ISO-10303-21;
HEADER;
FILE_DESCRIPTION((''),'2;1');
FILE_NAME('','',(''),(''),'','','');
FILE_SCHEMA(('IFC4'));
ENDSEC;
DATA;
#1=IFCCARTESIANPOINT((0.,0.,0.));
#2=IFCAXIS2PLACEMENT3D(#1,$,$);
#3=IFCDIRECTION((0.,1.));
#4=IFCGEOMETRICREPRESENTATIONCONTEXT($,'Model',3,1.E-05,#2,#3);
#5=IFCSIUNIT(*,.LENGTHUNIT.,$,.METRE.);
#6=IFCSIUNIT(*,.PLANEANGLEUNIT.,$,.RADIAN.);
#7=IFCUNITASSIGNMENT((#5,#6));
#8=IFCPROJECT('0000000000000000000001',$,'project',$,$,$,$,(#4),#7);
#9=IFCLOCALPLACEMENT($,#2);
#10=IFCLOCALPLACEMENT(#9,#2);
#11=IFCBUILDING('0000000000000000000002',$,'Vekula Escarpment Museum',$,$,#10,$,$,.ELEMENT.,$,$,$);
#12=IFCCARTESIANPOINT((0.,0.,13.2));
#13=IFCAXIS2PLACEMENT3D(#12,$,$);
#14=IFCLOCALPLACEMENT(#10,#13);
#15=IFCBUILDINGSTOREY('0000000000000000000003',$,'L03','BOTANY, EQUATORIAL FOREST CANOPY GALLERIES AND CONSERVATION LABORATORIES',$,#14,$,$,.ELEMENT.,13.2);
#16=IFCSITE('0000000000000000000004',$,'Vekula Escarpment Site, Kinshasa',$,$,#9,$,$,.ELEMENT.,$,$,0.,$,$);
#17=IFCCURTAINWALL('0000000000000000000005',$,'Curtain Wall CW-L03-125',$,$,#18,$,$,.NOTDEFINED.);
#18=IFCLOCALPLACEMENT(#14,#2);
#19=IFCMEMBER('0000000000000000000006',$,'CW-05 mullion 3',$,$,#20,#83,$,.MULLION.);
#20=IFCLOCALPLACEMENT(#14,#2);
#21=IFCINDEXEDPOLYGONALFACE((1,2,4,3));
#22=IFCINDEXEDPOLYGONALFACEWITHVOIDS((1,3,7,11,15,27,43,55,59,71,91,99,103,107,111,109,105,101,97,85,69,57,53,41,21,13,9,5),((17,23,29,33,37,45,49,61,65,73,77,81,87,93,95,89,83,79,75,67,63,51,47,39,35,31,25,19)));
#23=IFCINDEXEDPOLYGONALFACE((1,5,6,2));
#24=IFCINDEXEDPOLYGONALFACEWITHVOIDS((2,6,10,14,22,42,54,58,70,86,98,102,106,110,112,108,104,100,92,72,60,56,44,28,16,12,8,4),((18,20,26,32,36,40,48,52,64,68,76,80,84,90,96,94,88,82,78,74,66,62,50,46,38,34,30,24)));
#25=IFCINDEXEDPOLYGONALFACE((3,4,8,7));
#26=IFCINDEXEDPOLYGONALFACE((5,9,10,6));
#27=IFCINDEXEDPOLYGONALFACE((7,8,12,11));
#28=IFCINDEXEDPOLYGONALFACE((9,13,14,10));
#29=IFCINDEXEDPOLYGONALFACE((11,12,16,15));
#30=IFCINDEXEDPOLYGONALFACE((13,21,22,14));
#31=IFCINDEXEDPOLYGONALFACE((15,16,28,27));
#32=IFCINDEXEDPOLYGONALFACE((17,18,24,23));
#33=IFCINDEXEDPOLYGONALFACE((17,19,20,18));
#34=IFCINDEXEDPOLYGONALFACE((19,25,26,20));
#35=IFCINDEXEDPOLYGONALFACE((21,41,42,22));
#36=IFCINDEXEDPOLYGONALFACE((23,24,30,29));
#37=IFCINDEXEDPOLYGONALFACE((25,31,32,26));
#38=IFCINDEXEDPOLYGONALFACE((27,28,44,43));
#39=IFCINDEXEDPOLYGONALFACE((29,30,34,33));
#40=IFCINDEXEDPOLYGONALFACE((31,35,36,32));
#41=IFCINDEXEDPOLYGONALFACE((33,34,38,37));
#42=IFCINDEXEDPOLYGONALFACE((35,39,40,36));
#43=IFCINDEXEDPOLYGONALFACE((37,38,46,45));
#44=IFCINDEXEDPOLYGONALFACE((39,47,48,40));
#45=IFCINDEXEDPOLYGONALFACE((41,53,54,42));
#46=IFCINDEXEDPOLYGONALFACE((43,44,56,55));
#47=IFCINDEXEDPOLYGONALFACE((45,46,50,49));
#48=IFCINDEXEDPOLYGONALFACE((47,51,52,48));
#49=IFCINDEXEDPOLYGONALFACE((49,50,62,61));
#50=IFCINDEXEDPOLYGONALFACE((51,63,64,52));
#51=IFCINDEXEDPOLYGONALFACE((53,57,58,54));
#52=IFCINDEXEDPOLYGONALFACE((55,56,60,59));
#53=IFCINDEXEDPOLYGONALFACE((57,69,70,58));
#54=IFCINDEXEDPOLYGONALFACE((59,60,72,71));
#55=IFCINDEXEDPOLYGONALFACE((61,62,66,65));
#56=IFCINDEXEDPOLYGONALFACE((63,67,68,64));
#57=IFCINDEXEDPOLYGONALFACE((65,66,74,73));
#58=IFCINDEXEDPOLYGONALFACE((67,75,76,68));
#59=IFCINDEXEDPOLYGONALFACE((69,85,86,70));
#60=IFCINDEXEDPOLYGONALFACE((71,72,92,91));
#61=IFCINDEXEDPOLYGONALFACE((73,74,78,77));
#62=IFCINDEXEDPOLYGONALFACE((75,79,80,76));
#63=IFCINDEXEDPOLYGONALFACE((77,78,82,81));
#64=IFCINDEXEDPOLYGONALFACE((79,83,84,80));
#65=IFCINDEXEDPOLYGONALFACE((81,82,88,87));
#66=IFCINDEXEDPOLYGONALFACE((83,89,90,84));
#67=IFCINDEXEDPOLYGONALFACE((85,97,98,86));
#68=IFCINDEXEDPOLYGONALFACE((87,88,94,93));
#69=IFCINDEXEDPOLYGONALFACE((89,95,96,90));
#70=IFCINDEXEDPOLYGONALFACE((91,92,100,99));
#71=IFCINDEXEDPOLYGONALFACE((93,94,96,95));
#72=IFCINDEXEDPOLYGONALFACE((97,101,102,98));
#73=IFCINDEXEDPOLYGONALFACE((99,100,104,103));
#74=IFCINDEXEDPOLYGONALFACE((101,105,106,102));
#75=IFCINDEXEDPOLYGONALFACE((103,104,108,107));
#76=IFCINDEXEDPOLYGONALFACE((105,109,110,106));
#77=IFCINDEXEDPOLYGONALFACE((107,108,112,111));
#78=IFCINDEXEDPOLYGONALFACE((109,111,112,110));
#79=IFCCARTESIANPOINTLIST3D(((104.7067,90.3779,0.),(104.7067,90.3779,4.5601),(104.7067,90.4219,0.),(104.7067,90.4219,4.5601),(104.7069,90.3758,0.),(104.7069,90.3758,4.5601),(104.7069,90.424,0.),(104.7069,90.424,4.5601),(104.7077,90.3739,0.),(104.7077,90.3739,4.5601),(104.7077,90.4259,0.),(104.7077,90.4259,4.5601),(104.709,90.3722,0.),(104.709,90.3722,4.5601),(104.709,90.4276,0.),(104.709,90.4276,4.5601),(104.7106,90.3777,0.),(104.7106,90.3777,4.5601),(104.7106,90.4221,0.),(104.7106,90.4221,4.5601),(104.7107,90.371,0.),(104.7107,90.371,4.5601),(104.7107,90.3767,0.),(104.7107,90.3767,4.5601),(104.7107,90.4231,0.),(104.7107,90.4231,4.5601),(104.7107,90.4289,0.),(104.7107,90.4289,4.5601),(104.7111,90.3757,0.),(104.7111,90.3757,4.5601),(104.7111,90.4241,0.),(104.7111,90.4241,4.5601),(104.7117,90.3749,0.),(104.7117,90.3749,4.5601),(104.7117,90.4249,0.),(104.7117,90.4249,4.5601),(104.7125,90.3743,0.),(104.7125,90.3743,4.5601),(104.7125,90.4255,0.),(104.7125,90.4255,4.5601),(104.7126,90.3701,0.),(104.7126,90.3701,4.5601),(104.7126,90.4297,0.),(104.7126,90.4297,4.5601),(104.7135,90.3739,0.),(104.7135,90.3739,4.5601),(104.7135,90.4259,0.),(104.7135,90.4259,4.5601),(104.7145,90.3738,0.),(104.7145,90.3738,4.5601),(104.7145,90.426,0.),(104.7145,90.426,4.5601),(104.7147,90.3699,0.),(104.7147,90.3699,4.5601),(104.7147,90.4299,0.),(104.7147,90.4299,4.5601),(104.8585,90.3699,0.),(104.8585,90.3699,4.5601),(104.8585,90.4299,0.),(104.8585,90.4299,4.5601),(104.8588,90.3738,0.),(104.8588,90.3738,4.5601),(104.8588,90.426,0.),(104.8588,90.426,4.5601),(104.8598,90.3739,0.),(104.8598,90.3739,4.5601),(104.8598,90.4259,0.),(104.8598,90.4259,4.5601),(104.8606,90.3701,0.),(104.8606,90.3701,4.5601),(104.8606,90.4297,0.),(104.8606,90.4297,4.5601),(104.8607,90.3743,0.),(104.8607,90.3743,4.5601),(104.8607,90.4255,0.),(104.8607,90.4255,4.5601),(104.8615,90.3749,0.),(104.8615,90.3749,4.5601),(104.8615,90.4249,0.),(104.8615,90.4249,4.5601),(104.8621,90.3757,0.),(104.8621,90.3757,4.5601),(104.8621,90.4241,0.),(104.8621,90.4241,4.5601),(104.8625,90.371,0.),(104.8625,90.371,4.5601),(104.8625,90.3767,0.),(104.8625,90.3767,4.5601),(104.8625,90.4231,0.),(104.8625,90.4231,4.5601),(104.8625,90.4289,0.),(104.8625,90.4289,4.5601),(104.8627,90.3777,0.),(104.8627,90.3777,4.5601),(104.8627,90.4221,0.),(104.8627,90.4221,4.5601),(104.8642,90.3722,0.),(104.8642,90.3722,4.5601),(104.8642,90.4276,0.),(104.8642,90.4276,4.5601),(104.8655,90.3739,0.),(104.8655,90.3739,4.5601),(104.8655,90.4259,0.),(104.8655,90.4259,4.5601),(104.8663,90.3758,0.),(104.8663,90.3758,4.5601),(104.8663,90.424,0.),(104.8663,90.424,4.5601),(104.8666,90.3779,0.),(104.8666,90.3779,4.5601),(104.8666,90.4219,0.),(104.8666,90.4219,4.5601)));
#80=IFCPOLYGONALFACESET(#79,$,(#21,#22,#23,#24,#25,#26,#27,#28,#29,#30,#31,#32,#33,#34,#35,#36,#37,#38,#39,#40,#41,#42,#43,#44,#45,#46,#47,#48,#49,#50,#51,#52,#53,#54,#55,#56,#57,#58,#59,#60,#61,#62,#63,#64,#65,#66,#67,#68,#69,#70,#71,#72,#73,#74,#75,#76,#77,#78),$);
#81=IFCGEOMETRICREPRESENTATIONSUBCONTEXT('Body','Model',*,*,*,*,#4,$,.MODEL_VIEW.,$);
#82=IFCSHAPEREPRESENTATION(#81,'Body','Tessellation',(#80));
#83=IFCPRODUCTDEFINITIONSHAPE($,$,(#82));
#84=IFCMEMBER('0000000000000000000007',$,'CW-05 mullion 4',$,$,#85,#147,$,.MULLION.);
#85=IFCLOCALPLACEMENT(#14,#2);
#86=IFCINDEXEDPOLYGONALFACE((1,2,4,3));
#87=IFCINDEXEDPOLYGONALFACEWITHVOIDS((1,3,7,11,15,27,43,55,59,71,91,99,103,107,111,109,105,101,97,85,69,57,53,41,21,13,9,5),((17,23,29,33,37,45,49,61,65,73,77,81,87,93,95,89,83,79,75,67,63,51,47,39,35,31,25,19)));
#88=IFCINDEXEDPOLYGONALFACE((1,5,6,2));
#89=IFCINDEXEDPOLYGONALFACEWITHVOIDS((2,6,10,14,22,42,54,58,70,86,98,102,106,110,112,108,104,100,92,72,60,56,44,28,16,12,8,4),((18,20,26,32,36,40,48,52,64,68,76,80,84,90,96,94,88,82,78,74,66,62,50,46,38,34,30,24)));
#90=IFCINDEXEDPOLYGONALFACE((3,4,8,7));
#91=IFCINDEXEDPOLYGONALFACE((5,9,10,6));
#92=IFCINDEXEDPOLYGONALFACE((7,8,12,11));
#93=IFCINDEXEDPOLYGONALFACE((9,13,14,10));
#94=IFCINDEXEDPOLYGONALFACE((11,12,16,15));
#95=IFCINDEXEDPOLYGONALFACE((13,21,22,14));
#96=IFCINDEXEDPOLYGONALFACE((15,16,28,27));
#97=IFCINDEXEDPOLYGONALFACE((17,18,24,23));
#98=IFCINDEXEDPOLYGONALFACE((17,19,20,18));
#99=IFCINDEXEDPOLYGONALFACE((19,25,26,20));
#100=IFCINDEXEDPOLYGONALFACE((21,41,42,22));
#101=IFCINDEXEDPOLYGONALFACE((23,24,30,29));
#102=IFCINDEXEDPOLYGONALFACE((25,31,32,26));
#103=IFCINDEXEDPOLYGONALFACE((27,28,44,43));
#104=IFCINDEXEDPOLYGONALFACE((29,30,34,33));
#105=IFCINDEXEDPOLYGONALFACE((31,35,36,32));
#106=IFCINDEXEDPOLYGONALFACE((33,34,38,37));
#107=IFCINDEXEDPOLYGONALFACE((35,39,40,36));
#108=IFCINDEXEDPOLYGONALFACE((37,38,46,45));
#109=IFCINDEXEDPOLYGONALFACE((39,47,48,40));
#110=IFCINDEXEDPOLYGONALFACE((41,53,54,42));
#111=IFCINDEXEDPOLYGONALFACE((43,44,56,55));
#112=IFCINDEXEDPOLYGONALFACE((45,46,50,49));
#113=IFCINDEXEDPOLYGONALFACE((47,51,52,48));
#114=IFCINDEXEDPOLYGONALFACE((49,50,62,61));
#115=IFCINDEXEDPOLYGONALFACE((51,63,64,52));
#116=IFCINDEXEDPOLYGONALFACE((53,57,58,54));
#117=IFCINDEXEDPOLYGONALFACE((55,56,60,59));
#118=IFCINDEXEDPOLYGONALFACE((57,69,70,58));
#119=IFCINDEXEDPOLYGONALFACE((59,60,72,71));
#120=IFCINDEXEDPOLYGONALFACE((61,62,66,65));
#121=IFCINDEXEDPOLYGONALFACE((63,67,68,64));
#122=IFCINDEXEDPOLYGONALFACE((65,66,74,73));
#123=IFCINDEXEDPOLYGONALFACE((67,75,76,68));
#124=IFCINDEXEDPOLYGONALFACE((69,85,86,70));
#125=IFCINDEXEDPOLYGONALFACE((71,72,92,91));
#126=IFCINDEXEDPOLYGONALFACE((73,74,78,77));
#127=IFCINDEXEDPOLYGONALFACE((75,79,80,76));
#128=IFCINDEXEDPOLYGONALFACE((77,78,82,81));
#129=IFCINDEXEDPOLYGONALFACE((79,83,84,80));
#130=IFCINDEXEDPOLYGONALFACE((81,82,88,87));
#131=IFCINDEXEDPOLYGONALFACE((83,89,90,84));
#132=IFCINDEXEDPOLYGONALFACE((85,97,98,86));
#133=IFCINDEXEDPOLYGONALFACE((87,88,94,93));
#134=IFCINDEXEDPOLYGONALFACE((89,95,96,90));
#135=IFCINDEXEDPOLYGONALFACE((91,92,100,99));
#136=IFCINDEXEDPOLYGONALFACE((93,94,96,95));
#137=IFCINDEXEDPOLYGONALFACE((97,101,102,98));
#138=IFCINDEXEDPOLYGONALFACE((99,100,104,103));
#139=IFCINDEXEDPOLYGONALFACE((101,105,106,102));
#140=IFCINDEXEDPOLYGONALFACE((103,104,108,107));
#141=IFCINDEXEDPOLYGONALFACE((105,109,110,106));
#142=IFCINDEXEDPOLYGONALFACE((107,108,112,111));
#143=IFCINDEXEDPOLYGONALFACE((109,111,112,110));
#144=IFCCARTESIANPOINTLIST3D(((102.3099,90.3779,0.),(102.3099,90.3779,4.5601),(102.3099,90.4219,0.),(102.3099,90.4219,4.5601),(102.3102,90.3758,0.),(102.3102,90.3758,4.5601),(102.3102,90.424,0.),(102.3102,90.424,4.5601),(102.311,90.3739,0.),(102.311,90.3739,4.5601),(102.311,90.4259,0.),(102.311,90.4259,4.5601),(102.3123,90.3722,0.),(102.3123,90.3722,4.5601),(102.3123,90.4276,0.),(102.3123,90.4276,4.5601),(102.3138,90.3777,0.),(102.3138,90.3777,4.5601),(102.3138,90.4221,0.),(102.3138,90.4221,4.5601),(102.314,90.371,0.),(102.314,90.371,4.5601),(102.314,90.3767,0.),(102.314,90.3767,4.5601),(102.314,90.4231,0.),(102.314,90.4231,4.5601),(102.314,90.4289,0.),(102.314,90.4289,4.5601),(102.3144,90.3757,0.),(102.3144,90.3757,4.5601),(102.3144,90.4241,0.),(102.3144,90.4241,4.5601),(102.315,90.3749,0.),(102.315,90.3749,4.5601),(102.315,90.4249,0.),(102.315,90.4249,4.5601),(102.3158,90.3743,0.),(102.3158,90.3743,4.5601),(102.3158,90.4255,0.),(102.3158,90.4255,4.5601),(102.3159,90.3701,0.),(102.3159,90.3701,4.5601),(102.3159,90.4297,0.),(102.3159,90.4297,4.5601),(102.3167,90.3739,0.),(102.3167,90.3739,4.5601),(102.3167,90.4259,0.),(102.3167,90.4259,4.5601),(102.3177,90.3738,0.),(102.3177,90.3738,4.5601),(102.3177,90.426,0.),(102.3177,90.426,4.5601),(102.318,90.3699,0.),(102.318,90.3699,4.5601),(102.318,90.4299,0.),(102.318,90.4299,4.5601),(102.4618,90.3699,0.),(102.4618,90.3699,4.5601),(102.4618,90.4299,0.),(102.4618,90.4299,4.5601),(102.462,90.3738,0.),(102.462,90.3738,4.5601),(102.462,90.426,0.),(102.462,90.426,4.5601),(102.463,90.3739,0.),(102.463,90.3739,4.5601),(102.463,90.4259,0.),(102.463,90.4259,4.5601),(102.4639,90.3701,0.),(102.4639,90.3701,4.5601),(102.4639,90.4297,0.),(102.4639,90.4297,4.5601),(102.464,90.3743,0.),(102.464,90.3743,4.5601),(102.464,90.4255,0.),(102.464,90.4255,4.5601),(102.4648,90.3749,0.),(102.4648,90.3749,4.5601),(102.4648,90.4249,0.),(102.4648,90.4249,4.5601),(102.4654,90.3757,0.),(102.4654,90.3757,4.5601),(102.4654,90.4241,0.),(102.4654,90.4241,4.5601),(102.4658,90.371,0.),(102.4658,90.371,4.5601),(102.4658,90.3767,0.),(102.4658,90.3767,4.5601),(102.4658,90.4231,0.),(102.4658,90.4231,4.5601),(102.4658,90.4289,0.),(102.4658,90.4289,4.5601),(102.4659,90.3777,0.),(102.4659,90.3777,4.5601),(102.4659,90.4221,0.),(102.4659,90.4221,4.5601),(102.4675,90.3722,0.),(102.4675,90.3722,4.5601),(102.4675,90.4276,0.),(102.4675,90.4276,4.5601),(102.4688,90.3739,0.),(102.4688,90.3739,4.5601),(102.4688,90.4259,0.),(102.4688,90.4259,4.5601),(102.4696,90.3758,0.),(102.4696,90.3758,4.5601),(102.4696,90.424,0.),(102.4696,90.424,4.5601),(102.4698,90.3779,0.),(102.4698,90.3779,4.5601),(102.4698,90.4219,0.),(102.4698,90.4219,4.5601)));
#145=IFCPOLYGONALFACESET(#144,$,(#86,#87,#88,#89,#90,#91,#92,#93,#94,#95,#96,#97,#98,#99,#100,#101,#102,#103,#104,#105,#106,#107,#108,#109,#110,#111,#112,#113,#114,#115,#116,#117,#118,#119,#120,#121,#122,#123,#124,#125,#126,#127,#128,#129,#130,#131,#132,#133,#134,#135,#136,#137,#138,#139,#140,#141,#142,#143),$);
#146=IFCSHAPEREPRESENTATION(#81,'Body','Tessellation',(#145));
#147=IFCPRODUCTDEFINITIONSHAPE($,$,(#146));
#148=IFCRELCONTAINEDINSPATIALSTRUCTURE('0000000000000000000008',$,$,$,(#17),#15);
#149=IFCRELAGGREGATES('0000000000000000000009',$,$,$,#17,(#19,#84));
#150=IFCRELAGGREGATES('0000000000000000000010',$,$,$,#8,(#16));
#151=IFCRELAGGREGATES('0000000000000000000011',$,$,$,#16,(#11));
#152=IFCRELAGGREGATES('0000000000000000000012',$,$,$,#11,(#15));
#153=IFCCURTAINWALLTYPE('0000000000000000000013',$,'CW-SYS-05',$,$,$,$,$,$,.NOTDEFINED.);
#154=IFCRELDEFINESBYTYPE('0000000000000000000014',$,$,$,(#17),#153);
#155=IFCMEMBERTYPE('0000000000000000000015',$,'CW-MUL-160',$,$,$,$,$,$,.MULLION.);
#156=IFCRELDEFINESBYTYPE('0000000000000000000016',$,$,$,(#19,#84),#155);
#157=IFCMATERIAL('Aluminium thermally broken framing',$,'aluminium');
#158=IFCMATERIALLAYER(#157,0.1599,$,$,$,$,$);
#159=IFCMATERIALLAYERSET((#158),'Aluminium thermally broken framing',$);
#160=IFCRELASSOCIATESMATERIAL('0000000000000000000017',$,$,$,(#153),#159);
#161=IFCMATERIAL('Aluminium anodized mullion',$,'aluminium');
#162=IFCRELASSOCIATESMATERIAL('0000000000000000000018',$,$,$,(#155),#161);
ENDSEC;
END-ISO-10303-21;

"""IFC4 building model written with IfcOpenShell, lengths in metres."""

from ifc_helpers import new_model, si_unit, direction, frame, origin, origin_2d, place, context, subcontext, project, spatial, hollow_rectangle, extrude, material, layer, layer_set, material_profile, profile_set, type_object, element, aggregate, save


model = new_model("IFC4")

# Units and contexts
model_context = context("Model", 3, precision=1e-05, world=origin(), true_north=direction((0.0, 1.0)))
body_context = subcontext(model_context, "Body", "Model", "MODEL_VIEW")
ifc_project = project(units=[si_unit("LENGTHUNIT", "METRE"), si_unit("PLANEANGLEUNIT", "RADIAN")], contexts=[model_context])

# Site, building, storey
site_placement = place(None, origin())
site = spatial("IfcSite", under=ifc_project, at=site_placement, Name="Vekula Escarpment Site, Kinshasa", CompositionType="ELEMENT", RefElevation=0.0)
building_placement = place(site_placement, origin())
building = spatial("IfcBuilding", under=site, at=building_placement, Name="Vekula Escarpment Museum", CompositionType="ELEMENT")
storey_placement = place(building_placement, frame((0.0, 0.0, 13.2)))
storey = spatial("IfcBuildingStorey", under=building, at=storey_placement, Name="L03", Description="BOTANY, EQUATORIAL FOREST CANOPY GALLERIES AND CONSERVATION LABORATORIES", CompositionType="ELEMENT", Elevation=13.2)

# Curtain wall, members
ifc_material_1 = material(Name="Aluminium thermally broken framing", Category="aluminium")
ifc_layer_1 = layer(ifc_material_1, 0.1599)
ifc_layer_set_1 = layer_set([ifc_layer_1], Name="Aluminium thermally broken framing")
curtain_wall_type_1 = type_object("IfcCurtainWallType", Name="CW-SYS-05", PredefinedType="NOTDEFINED", material=ifc_layer_set_1)
curtain_wall_1_placement = place(storey_placement, origin())
curtain_wall_1 = element("IfcCurtainWall", 1, at=curtain_wall_1_placement, inside=storey, type_object=curtain_wall_type_1, Name="Curtain Wall CW-L03-125", PredefinedType="NOTDEFINED")
ifc_material_2 = material(Name="Aluminium anodized mullion", Category="aluminium")
ifc_material_profile_1 = material_profile(ifc_material_2, hollow_rectangle(XDim=0.0601, YDim=0.1599, WallThickness=0.0039, InnerFilletRadius=0.0039, OuterFilletRadius=0.0081, at=origin_2d()), Name="ALU 160x60x4")
ifc_profile_set_1 = profile_set([ifc_material_profile_1], Name="Aluminium anodized mullion")
member_type_1 = type_object("IfcMemberType", Name="CW-MUL-160", PredefinedType="MULLION", material=ifc_profile_set_1)
member_1_placement = place(storey_placement, frame((104.7866, 90.3999, 0.0), z_axis=(0.0, 0.0, 1.0), x_axis=(0.0, -1.0, 0.0)))
member_1 = element("IfcMember", 2, at=member_1_placement, type_object=member_type_1, Name="CW-05 mullion 3", PredefinedType="MULLION", context=body_context, shape_type="SweptSolid", body=[
    extrude(hollow_rectangle(XDim=0.0601, YDim=0.1599, WallThickness=0.0039, InnerFilletRadius=0.0039, OuterFilletRadius=0.0081, at=origin_2d()), origin(), (0.0, 0.0, 1.0), 4.5601),
])
member_2_placement = place(storey_placement, frame((102.3899, 90.3999, 0.0), z_axis=(0.0, 0.0, 1.0), x_axis=(0.0, -1.0, 0.0)))
member_2 = element("IfcMember", 3, at=member_2_placement, type_object=member_type_1, Name="CW-05 mullion 4", PredefinedType="MULLION", context=body_context, shape_type="SweptSolid", body=[
    extrude(hollow_rectangle(XDim=0.0601, YDim=0.1599, WallThickness=0.0039, InnerFilletRadius=0.0039, OuterFilletRadius=0.0081, at=origin_2d()), origin(), (0.0, 0.0, 1.0), 4.5601),
])

aggregate(curtain_wall_1, [member_1, member_2])

save(model, "model.ifc")
